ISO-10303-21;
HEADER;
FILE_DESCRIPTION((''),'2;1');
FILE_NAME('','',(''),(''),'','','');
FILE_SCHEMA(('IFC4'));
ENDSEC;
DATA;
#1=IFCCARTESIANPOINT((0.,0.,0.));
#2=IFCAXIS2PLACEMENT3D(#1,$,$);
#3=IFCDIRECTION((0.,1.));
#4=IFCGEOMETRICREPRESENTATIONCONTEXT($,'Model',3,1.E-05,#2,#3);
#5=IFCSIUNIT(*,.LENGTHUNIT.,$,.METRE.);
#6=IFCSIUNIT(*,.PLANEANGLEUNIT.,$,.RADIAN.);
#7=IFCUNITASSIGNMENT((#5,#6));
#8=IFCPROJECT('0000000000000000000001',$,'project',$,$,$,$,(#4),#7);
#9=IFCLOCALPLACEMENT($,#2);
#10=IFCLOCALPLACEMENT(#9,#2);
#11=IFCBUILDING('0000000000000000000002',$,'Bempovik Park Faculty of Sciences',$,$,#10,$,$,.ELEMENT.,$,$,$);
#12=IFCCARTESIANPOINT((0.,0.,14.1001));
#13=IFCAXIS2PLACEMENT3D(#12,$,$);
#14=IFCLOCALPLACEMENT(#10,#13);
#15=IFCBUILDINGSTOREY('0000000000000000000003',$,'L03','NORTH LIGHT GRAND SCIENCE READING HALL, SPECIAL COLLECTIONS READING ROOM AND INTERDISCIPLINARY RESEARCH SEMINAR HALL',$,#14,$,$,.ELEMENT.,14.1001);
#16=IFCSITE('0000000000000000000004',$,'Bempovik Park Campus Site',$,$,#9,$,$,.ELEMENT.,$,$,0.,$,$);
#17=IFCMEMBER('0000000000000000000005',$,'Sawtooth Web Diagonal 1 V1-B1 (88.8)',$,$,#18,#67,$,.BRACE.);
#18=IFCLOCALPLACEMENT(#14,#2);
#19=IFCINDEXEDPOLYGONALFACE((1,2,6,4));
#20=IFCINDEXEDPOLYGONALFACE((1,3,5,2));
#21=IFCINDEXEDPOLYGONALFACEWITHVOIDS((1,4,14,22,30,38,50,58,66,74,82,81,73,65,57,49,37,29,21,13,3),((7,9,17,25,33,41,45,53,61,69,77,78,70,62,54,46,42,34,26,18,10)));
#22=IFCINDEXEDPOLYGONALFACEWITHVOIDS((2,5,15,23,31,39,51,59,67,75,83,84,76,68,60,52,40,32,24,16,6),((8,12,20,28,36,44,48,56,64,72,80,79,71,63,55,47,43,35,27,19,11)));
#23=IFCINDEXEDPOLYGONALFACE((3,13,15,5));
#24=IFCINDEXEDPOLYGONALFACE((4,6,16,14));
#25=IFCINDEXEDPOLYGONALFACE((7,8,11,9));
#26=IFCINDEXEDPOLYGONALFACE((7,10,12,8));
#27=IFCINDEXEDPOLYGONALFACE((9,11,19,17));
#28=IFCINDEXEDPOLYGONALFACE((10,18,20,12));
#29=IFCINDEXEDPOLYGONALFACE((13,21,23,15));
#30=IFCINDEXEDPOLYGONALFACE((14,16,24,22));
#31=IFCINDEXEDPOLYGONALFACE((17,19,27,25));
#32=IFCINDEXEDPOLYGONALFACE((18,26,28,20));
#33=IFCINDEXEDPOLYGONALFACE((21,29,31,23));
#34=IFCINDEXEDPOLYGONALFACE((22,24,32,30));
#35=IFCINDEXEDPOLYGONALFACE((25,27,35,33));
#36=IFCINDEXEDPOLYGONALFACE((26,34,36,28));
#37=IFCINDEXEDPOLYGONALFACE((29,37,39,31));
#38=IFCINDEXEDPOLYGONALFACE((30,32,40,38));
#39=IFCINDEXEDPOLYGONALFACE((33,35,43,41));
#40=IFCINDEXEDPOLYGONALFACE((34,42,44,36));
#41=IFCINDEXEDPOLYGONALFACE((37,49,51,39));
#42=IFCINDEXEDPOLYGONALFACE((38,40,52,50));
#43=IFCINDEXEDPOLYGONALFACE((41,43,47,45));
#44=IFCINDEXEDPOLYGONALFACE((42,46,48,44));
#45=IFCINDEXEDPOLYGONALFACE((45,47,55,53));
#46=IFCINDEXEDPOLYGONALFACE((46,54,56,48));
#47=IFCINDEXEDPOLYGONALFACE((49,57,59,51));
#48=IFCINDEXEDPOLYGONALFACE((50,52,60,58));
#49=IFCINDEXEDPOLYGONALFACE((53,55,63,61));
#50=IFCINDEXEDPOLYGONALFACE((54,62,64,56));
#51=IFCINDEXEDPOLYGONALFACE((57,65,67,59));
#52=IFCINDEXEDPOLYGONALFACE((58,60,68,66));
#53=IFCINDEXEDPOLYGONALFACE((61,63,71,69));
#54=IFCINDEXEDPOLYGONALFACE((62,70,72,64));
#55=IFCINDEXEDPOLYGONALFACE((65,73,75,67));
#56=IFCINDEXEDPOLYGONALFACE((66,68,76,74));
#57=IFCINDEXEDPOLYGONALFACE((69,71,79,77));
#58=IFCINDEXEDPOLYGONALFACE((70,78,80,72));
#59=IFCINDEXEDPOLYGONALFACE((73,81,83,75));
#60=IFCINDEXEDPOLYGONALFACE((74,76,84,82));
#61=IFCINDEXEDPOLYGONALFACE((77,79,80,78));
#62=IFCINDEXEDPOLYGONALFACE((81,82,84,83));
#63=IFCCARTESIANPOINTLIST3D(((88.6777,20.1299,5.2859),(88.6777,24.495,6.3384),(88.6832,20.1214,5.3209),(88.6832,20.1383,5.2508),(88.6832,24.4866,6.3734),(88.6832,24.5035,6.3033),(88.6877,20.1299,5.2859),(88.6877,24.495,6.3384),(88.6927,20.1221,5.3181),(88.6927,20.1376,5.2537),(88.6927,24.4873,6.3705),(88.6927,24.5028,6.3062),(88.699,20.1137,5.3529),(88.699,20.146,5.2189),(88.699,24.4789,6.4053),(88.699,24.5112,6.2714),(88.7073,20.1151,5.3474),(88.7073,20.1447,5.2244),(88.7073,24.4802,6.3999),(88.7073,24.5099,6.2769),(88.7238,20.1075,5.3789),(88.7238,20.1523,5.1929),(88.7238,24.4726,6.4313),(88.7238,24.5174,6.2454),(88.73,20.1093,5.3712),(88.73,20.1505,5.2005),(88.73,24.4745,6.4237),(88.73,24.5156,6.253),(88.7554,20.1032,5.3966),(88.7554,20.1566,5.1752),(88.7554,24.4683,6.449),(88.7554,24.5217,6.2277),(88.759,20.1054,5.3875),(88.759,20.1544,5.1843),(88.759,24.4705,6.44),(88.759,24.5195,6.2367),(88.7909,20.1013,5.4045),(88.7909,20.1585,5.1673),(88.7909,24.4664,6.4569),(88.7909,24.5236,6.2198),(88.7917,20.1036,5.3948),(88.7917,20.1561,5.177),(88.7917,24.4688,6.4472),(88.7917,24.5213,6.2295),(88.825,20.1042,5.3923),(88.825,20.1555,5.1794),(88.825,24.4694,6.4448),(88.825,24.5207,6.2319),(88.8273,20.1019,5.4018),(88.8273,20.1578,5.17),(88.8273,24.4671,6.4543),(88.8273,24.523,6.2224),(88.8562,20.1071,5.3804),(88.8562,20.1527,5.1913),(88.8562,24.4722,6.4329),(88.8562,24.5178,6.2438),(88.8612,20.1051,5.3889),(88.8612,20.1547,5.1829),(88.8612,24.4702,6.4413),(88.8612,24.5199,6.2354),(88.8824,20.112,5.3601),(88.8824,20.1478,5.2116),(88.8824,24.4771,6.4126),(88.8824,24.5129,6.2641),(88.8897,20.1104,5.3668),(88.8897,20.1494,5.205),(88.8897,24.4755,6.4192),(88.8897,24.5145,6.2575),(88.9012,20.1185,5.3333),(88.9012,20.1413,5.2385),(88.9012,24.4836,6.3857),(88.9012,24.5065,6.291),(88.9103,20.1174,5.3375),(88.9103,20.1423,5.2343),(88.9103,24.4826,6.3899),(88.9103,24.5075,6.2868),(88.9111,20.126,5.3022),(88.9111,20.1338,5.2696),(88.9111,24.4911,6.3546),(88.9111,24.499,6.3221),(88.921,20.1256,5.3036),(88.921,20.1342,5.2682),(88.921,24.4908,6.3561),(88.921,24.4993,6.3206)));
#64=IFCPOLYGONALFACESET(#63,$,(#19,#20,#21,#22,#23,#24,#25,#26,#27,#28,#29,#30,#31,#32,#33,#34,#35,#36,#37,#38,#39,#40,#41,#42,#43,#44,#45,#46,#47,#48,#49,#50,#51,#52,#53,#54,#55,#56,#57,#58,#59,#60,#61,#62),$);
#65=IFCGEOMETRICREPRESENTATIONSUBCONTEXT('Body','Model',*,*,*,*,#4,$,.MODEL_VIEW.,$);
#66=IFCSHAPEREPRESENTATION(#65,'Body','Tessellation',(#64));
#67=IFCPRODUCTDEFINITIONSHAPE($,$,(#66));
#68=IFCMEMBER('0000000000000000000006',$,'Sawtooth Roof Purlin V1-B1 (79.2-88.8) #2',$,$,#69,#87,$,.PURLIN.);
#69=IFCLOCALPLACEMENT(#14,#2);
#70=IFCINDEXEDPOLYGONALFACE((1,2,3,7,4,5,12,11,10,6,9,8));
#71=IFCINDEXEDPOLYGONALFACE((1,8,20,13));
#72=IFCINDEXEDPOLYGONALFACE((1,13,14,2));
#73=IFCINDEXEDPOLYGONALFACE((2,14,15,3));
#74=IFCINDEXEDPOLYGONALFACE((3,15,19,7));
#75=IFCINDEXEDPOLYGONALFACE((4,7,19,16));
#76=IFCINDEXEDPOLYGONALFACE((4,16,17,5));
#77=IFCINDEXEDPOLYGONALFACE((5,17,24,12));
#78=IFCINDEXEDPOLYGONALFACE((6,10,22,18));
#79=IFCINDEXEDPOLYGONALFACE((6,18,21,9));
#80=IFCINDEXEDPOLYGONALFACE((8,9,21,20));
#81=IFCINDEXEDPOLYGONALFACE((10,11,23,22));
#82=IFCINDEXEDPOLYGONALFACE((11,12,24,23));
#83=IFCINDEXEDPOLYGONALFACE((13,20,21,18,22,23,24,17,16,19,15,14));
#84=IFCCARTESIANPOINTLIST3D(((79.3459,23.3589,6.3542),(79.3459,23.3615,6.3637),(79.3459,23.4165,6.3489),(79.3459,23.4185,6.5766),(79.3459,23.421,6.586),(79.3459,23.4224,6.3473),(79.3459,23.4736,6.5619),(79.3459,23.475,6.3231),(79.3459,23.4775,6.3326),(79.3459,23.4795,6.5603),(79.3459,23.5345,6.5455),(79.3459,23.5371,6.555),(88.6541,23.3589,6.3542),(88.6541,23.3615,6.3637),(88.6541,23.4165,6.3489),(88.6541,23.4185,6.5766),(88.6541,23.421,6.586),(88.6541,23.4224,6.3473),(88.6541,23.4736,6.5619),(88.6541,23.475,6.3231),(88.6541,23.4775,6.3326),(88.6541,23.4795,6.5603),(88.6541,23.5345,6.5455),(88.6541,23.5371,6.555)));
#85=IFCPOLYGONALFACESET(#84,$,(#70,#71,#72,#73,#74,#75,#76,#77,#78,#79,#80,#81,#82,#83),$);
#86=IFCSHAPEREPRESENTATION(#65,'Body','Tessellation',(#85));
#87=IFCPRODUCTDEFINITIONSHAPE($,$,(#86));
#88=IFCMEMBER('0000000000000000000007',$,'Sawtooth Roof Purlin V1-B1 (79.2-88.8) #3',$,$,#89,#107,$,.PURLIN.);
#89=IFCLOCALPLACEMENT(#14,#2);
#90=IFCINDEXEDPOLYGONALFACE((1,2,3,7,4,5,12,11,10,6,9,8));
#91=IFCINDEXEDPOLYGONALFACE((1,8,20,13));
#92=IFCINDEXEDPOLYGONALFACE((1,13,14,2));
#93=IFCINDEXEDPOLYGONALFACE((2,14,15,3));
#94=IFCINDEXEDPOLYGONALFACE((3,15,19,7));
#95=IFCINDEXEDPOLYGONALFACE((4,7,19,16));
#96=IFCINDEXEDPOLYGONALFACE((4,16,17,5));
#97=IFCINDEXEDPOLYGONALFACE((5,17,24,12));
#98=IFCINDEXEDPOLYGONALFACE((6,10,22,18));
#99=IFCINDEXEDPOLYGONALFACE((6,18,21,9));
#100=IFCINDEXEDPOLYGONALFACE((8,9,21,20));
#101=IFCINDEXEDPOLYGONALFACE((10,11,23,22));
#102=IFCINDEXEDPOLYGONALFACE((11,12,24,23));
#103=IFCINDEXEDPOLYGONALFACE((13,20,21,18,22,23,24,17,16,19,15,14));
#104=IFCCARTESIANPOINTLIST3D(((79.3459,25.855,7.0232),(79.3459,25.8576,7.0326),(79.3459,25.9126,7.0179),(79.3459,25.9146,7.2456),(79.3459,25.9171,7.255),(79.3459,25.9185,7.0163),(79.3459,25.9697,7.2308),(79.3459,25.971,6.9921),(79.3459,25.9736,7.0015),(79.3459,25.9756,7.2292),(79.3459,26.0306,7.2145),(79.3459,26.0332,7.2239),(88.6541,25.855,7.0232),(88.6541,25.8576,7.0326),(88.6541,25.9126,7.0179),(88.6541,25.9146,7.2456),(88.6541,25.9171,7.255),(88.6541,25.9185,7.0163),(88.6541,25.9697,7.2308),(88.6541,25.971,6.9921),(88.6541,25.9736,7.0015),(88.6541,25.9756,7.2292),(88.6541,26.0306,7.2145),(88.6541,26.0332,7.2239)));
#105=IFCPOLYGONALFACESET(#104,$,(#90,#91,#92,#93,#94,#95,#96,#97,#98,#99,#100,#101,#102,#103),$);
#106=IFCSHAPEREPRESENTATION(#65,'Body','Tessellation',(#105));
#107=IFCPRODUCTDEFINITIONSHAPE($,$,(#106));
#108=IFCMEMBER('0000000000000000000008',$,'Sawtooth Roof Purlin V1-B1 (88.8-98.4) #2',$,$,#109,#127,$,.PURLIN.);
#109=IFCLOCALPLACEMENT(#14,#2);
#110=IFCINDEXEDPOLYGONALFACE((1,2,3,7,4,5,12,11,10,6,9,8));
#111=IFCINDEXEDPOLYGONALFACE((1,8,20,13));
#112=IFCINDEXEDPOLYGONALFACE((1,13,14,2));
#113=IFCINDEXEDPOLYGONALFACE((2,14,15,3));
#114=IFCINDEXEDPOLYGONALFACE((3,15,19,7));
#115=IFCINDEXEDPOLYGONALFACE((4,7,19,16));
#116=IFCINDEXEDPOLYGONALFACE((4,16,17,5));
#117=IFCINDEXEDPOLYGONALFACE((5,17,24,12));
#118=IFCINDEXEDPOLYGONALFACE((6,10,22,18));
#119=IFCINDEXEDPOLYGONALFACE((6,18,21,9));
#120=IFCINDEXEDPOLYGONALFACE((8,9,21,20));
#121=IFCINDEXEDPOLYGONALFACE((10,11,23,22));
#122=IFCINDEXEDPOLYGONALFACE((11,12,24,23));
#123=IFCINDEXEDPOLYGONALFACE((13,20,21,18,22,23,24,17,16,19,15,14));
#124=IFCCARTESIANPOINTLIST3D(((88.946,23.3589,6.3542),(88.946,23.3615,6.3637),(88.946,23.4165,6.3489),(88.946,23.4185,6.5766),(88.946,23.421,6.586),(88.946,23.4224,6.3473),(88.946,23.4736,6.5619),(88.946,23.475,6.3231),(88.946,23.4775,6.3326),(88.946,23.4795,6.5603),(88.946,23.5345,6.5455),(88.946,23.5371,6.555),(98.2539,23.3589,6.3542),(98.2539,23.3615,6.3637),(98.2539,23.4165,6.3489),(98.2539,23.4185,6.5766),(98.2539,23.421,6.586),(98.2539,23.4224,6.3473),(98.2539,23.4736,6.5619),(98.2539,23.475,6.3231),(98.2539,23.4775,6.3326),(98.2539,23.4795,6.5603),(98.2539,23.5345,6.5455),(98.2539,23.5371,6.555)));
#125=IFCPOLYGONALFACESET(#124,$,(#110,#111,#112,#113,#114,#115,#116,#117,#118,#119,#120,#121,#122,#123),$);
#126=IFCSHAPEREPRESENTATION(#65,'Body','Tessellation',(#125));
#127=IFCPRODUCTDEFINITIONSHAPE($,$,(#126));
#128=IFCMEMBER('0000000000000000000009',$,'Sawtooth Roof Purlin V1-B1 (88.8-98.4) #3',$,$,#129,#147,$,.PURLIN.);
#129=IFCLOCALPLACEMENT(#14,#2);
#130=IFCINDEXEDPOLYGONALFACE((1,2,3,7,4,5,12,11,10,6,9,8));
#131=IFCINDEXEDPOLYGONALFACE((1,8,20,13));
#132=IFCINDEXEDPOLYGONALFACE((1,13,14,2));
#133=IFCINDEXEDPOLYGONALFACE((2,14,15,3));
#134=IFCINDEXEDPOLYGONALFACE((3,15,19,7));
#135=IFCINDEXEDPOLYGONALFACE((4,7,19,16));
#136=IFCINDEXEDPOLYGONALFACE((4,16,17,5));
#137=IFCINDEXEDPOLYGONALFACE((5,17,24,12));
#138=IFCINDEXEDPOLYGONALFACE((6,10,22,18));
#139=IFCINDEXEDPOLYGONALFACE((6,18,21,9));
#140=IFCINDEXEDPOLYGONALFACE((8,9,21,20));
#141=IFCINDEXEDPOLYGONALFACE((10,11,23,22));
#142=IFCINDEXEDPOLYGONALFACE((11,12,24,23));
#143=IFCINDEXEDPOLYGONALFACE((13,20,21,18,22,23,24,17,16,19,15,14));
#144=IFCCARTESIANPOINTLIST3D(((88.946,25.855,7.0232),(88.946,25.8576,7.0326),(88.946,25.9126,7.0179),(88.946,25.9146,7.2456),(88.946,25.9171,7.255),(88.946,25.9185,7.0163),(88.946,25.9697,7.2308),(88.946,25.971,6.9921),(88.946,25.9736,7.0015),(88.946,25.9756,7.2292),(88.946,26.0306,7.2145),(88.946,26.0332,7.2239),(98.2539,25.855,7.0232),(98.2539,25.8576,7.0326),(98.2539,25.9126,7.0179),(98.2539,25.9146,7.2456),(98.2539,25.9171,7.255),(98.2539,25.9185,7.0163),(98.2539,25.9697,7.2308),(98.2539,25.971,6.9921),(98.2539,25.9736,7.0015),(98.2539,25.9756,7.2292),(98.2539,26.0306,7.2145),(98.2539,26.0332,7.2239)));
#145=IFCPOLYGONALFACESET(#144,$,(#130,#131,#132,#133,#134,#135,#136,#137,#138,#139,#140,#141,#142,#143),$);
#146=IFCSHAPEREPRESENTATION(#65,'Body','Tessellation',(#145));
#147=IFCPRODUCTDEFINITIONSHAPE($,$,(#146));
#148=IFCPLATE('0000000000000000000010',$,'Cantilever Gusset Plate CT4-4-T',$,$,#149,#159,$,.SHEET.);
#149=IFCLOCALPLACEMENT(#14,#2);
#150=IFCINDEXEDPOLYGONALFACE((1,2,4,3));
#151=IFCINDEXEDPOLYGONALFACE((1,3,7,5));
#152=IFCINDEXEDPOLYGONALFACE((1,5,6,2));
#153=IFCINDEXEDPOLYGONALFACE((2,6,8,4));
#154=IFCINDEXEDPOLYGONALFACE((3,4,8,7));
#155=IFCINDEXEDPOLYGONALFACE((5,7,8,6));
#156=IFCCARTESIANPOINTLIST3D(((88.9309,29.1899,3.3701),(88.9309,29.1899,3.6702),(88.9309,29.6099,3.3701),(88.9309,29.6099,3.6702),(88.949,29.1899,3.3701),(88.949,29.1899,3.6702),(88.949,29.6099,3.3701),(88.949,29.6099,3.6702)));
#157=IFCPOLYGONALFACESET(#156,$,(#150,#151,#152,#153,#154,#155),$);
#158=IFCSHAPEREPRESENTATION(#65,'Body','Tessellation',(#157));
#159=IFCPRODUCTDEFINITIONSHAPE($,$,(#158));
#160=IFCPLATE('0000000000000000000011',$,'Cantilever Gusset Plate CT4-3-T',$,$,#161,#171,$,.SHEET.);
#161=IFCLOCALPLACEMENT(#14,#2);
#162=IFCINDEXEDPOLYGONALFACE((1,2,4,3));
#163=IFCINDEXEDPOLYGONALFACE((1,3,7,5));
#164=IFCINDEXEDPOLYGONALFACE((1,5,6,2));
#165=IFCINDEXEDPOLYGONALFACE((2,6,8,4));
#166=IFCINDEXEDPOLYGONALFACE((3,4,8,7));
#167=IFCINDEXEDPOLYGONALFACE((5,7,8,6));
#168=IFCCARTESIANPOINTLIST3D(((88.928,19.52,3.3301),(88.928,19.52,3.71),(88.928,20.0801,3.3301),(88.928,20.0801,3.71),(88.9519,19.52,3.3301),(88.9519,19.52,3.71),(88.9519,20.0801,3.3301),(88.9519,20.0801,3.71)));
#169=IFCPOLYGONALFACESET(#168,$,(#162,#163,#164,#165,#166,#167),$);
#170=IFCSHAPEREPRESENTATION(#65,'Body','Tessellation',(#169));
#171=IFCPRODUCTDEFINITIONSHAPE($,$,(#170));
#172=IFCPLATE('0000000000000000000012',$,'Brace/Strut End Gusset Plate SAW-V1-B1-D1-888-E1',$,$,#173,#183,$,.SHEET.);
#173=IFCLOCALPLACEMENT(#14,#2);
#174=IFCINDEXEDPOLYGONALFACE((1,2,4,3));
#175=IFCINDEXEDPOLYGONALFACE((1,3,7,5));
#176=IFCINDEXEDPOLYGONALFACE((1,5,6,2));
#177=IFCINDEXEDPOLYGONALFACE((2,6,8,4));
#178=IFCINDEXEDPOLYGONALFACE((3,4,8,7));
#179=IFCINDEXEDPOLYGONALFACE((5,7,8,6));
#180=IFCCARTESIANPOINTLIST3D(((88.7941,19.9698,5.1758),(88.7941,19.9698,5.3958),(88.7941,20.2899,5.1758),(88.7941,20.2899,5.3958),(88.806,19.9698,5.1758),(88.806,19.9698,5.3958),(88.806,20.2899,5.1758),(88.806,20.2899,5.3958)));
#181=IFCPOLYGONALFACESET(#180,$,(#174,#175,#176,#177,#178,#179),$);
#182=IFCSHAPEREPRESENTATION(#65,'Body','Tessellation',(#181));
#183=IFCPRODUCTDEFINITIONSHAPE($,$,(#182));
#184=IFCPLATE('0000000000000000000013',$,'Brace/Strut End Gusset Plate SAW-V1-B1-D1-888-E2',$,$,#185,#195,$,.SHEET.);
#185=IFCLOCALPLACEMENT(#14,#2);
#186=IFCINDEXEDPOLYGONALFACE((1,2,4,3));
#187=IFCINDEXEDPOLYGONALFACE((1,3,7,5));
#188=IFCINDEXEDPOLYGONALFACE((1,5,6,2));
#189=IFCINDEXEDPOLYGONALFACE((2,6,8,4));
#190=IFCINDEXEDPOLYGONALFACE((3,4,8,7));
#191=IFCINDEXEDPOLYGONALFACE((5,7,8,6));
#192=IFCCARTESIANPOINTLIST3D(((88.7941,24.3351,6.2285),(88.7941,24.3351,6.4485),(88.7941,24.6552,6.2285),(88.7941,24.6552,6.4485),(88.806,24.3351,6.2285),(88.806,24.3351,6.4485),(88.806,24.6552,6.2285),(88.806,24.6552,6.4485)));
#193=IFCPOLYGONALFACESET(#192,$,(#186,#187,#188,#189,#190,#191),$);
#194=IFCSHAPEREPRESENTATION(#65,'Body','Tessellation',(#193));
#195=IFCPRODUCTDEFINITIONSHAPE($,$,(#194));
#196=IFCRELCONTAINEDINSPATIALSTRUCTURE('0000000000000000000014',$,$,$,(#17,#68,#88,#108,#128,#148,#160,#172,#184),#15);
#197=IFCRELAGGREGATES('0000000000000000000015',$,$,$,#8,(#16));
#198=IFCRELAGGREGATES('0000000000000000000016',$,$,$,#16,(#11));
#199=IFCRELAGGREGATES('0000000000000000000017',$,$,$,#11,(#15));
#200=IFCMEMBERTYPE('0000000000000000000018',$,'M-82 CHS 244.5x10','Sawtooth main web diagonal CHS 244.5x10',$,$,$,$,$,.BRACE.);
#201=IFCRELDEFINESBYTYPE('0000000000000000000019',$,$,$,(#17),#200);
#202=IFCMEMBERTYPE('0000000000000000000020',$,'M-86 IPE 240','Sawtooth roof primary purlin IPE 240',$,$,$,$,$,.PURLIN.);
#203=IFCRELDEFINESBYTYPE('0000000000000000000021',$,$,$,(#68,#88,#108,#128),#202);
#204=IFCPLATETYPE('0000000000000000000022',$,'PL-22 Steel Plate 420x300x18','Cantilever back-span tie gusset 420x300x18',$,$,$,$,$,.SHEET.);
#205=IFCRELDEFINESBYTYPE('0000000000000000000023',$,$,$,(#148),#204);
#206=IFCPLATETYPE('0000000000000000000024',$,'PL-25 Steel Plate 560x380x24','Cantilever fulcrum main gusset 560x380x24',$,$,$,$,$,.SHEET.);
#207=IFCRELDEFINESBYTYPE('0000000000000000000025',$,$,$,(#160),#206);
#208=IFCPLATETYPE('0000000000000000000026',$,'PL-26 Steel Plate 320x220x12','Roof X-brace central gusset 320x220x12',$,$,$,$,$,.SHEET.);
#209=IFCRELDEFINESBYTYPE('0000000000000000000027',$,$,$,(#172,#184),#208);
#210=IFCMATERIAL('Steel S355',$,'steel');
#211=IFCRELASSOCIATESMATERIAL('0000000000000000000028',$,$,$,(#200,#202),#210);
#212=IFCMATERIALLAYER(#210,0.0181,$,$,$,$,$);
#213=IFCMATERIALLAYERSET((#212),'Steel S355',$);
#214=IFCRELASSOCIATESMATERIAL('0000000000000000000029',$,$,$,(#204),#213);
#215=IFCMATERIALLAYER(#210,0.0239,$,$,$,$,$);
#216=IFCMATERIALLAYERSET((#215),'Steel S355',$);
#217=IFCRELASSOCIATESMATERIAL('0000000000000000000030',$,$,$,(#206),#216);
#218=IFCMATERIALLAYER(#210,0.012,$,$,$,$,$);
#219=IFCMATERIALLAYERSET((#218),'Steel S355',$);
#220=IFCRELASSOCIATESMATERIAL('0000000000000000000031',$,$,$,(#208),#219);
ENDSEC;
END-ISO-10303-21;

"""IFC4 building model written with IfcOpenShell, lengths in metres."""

from ifc_helpers import new_model, si_unit, direction, frame, origin, origin_2d, place, context, subcontext, project, spatial, rectangle, hollow_circle, i_section, extrude, material, layer, layer_set, material_profile, profile_set, type_object, element, save


model = new_model("IFC4")

# Units and contexts
model_context = context("Model", 3, precision=1e-05, world=origin(), true_north=direction((0.0, 1.0)))
body_context = subcontext(model_context, "Body", "Model", "MODEL_VIEW")
ifc_project = project(units=[si_unit("LENGTHUNIT", "METRE"), si_unit("PLANEANGLEUNIT", "RADIAN")], contexts=[model_context])

# Site, building, storey
site_placement = place(None, origin())
site = spatial("IfcSite", under=ifc_project, at=site_placement, Name="Bempovik Park Campus Site", CompositionType="ELEMENT", RefElevation=0.0)
building_placement = place(site_placement, origin())
building = spatial("IfcBuilding", under=site, at=building_placement, Name="Bempovik Park Faculty of Sciences", CompositionType="ELEMENT")
storey_placement = place(building_placement, frame((0.0, 0.0, 14.1001)))
storey = spatial("IfcBuildingStorey", under=building, at=storey_placement, Name="L03", Description="NORTH LIGHT GRAND SCIENCE READING HALL, SPECIAL COLLECTIONS READING ROOM AND INTERDISCIPLINARY RESEARCH SEMINAR HALL", CompositionType="ELEMENT", Elevation=14.1001)

# Shared definitions
ifc_material_1 = material(Name="Steel S355", Category="steel")

# Members
ifc_material_profile_1 = material_profile(ifc_material_1, hollow_circle(Radius=0.1223, WallThickness=0.01, at=origin_2d()), Name="CHS 244.5x10")
ifc_profile_set_1 = profile_set([ifc_material_profile_1], Name="Steel S355")
member_type_1 = type_object("IfcMemberType", Name="M-82 CHS 244.5x10", Description="Sawtooth main web diagonal CHS 244.5x10", PredefinedType="BRACE", material=ifc_profile_set_1)
member_1_placement = place(storey_placement, frame((88.8, 20.1299, 5.2859), z_axis=(0.0, 0.972142, 0.234391), x_axis=(-1.0, 0.0, 0.0)))
element("IfcMember", 1, at=member_1_placement, inside=storey, type_object=member_type_1, Name="Sawtooth Web Diagonal 1 V1-B1 (88.8)", PredefinedType="BRACE", context=body_context, shape_type="SweptSolid", body=[
    extrude(hollow_circle(Radius=0.1223, WallThickness=0.01, at=origin_2d()), origin(), (0.0, 0.0, 1.0), 4.4902),
])
ifc_material_profile_2 = material_profile(ifc_material_1, i_section(OverallWidth=0.1201, OverallDepth=0.24, WebThickness=0.0061, FlangeThickness=0.0098, at=origin_2d()), Name="IPE 240")
ifc_profile_set_2 = profile_set([ifc_material_profile_2], Name="Steel S355")
member_type_2 = type_object("IfcMemberType", Name="M-86 IPE 240", Description="Sawtooth roof primary purlin IPE 240", PredefinedType="PURLIN", material=ifc_profile_set_2)
for number, where, z_axis, x_axis, name in (
    (2, (79.3459, 23.448, 6.4546), (1.0, 0.0, 0.0), (0.0, 0.965926, -0.258819), "Sawtooth Roof Purlin V1-B1 (79.2-88.8) #2"),
    (3, (79.3459, 25.9441, 7.1235), (1.0, 0.0, 0.0), (0.0, 0.965926, -0.258819), "Sawtooth Roof Purlin V1-B1 (79.2-88.8) #3"),
):
    element("IfcMember", number, at=place(storey_placement, frame(where, z_axis=z_axis, x_axis=x_axis)), inside=storey, type_object=member_type_2, Name=name, PredefinedType="PURLIN", context=body_context, shape_type="SweptSolid", body=[
        extrude(i_section(OverallWidth=0.1201, OverallDepth=0.24, WebThickness=0.0061, FlangeThickness=0.0098, at=origin_2d()), origin(), (0.0, 0.0, 1.0), 9.3081),
    ])
for number, where, z_axis, x_axis, name in (
    (4, (88.946, 23.448, 6.4546), (1.0, 0.0, 0.0), (0.0, 0.965926, -0.258819), "Sawtooth Roof Purlin V1-B1 (88.8-98.4) #2"),
    (5, (88.946, 25.9441, 7.1235), (1.0, 0.0, 0.0), (0.0, 0.965926, -0.258819), "Sawtooth Roof Purlin V1-B1 (88.8-98.4) #3"),
):
    element("IfcMember", number, at=place(storey_placement, frame(where, z_axis=z_axis, x_axis=x_axis)), inside=storey, type_object=member_type_2, Name=name, PredefinedType="PURLIN", context=body_context, shape_type="SweptSolid", body=[
        extrude(i_section(OverallWidth=0.1201, OverallDepth=0.24, WebThickness=0.0061, FlangeThickness=0.0098, at=origin_2d()), origin(), (0.0, 0.0, 1.0), 9.3079),
    ])

# Plates
ifc_layer_1 = layer(ifc_material_1, 0.0181)
ifc_layer_set_1 = layer_set([ifc_layer_1], Name="Steel S355")
plate_type_1 = type_object("IfcPlateType", Name="PL-22 Steel Plate 420x300x18", Description="Cantilever back-span tie gusset 420x300x18", PredefinedType="SHEET", material=ifc_layer_set_1)
plate_1_placement = place(storey_placement, frame((88.9399, 29.3999, 3.3701), z_axis=(0.0, 0.0, 1.0), x_axis=(1.0, 0.0, 0.0)))
element("IfcPlate", 6, at=plate_1_placement, inside=storey, type_object=plate_type_1, Name="Cantilever Gusset Plate CT4-4-T", PredefinedType="SHEET", context=body_context, shape_type="SweptSolid", body=[
    extrude(rectangle(XDim=0.0181, YDim=0.4199, at=origin_2d()), origin(), (0.0, 0.0, 1.0), 0.3),
])
ifc_layer_2 = layer(ifc_material_1, 0.0239)
ifc_layer_set_2 = layer_set([ifc_layer_2], Name="Steel S355")
plate_type_2 = type_object("IfcPlateType", Name="PL-25 Steel Plate 560x380x24", Description="Cantilever fulcrum main gusset 560x380x24", PredefinedType="SHEET", material=ifc_layer_set_2)
plate_2_placement = place(storey_placement, frame((88.9399, 19.8, 3.3301), z_axis=(0.0, 0.0, 1.0), x_axis=(1.0, 0.0, 0.0)))
element("IfcPlate", 7, at=plate_2_placement, inside=storey, type_object=plate_type_2, Name="Cantilever Gusset Plate CT4-3-T", PredefinedType="SHEET", context=body_context, shape_type="SweptSolid", body=[
    extrude(rectangle(XDim=0.0239, YDim=0.5601, at=origin_2d()), origin(), (0.0, 0.0, 1.0), 0.3799),
])
ifc_layer_3 = layer(ifc_material_1, 0.012)
ifc_layer_set_3 = layer_set([ifc_layer_3], Name="Steel S355")
plate_type_3 = type_object("IfcPlateType", Name="PL-26 Steel Plate 320x220x12", Description="Roof X-brace central gusset 320x220x12", PredefinedType="SHEET", material=ifc_layer_set_3)
for number, where, z_axis, x_axis, name in (
    (8, (88.8, 20.1299, 5.1758), (0.0, 0.0, 1.0), (1.0, 0.0, 0.0), "Brace/Strut End Gusset Plate SAW-V1-B1-D1-888-E1"),
    (9, (88.8, 24.4951, 6.2285), (0.0, 0.0, 1.0), (1.0, 0.0, 0.0), "Brace/Strut End Gusset Plate SAW-V1-B1-D1-888-E2"),
):
    element("IfcPlate", number, at=place(storey_placement, frame(where, z_axis=z_axis, x_axis=x_axis)), inside=storey, type_object=plate_type_3, Name=name, PredefinedType="SHEET", context=body_context, shape_type="SweptSolid", body=[
        extrude(rectangle(XDim=0.012, YDim=0.3201, at=origin_2d()), origin(), (0.0, 0.0, 1.0), 0.22),
    ])

save(model, "model.ifc")
